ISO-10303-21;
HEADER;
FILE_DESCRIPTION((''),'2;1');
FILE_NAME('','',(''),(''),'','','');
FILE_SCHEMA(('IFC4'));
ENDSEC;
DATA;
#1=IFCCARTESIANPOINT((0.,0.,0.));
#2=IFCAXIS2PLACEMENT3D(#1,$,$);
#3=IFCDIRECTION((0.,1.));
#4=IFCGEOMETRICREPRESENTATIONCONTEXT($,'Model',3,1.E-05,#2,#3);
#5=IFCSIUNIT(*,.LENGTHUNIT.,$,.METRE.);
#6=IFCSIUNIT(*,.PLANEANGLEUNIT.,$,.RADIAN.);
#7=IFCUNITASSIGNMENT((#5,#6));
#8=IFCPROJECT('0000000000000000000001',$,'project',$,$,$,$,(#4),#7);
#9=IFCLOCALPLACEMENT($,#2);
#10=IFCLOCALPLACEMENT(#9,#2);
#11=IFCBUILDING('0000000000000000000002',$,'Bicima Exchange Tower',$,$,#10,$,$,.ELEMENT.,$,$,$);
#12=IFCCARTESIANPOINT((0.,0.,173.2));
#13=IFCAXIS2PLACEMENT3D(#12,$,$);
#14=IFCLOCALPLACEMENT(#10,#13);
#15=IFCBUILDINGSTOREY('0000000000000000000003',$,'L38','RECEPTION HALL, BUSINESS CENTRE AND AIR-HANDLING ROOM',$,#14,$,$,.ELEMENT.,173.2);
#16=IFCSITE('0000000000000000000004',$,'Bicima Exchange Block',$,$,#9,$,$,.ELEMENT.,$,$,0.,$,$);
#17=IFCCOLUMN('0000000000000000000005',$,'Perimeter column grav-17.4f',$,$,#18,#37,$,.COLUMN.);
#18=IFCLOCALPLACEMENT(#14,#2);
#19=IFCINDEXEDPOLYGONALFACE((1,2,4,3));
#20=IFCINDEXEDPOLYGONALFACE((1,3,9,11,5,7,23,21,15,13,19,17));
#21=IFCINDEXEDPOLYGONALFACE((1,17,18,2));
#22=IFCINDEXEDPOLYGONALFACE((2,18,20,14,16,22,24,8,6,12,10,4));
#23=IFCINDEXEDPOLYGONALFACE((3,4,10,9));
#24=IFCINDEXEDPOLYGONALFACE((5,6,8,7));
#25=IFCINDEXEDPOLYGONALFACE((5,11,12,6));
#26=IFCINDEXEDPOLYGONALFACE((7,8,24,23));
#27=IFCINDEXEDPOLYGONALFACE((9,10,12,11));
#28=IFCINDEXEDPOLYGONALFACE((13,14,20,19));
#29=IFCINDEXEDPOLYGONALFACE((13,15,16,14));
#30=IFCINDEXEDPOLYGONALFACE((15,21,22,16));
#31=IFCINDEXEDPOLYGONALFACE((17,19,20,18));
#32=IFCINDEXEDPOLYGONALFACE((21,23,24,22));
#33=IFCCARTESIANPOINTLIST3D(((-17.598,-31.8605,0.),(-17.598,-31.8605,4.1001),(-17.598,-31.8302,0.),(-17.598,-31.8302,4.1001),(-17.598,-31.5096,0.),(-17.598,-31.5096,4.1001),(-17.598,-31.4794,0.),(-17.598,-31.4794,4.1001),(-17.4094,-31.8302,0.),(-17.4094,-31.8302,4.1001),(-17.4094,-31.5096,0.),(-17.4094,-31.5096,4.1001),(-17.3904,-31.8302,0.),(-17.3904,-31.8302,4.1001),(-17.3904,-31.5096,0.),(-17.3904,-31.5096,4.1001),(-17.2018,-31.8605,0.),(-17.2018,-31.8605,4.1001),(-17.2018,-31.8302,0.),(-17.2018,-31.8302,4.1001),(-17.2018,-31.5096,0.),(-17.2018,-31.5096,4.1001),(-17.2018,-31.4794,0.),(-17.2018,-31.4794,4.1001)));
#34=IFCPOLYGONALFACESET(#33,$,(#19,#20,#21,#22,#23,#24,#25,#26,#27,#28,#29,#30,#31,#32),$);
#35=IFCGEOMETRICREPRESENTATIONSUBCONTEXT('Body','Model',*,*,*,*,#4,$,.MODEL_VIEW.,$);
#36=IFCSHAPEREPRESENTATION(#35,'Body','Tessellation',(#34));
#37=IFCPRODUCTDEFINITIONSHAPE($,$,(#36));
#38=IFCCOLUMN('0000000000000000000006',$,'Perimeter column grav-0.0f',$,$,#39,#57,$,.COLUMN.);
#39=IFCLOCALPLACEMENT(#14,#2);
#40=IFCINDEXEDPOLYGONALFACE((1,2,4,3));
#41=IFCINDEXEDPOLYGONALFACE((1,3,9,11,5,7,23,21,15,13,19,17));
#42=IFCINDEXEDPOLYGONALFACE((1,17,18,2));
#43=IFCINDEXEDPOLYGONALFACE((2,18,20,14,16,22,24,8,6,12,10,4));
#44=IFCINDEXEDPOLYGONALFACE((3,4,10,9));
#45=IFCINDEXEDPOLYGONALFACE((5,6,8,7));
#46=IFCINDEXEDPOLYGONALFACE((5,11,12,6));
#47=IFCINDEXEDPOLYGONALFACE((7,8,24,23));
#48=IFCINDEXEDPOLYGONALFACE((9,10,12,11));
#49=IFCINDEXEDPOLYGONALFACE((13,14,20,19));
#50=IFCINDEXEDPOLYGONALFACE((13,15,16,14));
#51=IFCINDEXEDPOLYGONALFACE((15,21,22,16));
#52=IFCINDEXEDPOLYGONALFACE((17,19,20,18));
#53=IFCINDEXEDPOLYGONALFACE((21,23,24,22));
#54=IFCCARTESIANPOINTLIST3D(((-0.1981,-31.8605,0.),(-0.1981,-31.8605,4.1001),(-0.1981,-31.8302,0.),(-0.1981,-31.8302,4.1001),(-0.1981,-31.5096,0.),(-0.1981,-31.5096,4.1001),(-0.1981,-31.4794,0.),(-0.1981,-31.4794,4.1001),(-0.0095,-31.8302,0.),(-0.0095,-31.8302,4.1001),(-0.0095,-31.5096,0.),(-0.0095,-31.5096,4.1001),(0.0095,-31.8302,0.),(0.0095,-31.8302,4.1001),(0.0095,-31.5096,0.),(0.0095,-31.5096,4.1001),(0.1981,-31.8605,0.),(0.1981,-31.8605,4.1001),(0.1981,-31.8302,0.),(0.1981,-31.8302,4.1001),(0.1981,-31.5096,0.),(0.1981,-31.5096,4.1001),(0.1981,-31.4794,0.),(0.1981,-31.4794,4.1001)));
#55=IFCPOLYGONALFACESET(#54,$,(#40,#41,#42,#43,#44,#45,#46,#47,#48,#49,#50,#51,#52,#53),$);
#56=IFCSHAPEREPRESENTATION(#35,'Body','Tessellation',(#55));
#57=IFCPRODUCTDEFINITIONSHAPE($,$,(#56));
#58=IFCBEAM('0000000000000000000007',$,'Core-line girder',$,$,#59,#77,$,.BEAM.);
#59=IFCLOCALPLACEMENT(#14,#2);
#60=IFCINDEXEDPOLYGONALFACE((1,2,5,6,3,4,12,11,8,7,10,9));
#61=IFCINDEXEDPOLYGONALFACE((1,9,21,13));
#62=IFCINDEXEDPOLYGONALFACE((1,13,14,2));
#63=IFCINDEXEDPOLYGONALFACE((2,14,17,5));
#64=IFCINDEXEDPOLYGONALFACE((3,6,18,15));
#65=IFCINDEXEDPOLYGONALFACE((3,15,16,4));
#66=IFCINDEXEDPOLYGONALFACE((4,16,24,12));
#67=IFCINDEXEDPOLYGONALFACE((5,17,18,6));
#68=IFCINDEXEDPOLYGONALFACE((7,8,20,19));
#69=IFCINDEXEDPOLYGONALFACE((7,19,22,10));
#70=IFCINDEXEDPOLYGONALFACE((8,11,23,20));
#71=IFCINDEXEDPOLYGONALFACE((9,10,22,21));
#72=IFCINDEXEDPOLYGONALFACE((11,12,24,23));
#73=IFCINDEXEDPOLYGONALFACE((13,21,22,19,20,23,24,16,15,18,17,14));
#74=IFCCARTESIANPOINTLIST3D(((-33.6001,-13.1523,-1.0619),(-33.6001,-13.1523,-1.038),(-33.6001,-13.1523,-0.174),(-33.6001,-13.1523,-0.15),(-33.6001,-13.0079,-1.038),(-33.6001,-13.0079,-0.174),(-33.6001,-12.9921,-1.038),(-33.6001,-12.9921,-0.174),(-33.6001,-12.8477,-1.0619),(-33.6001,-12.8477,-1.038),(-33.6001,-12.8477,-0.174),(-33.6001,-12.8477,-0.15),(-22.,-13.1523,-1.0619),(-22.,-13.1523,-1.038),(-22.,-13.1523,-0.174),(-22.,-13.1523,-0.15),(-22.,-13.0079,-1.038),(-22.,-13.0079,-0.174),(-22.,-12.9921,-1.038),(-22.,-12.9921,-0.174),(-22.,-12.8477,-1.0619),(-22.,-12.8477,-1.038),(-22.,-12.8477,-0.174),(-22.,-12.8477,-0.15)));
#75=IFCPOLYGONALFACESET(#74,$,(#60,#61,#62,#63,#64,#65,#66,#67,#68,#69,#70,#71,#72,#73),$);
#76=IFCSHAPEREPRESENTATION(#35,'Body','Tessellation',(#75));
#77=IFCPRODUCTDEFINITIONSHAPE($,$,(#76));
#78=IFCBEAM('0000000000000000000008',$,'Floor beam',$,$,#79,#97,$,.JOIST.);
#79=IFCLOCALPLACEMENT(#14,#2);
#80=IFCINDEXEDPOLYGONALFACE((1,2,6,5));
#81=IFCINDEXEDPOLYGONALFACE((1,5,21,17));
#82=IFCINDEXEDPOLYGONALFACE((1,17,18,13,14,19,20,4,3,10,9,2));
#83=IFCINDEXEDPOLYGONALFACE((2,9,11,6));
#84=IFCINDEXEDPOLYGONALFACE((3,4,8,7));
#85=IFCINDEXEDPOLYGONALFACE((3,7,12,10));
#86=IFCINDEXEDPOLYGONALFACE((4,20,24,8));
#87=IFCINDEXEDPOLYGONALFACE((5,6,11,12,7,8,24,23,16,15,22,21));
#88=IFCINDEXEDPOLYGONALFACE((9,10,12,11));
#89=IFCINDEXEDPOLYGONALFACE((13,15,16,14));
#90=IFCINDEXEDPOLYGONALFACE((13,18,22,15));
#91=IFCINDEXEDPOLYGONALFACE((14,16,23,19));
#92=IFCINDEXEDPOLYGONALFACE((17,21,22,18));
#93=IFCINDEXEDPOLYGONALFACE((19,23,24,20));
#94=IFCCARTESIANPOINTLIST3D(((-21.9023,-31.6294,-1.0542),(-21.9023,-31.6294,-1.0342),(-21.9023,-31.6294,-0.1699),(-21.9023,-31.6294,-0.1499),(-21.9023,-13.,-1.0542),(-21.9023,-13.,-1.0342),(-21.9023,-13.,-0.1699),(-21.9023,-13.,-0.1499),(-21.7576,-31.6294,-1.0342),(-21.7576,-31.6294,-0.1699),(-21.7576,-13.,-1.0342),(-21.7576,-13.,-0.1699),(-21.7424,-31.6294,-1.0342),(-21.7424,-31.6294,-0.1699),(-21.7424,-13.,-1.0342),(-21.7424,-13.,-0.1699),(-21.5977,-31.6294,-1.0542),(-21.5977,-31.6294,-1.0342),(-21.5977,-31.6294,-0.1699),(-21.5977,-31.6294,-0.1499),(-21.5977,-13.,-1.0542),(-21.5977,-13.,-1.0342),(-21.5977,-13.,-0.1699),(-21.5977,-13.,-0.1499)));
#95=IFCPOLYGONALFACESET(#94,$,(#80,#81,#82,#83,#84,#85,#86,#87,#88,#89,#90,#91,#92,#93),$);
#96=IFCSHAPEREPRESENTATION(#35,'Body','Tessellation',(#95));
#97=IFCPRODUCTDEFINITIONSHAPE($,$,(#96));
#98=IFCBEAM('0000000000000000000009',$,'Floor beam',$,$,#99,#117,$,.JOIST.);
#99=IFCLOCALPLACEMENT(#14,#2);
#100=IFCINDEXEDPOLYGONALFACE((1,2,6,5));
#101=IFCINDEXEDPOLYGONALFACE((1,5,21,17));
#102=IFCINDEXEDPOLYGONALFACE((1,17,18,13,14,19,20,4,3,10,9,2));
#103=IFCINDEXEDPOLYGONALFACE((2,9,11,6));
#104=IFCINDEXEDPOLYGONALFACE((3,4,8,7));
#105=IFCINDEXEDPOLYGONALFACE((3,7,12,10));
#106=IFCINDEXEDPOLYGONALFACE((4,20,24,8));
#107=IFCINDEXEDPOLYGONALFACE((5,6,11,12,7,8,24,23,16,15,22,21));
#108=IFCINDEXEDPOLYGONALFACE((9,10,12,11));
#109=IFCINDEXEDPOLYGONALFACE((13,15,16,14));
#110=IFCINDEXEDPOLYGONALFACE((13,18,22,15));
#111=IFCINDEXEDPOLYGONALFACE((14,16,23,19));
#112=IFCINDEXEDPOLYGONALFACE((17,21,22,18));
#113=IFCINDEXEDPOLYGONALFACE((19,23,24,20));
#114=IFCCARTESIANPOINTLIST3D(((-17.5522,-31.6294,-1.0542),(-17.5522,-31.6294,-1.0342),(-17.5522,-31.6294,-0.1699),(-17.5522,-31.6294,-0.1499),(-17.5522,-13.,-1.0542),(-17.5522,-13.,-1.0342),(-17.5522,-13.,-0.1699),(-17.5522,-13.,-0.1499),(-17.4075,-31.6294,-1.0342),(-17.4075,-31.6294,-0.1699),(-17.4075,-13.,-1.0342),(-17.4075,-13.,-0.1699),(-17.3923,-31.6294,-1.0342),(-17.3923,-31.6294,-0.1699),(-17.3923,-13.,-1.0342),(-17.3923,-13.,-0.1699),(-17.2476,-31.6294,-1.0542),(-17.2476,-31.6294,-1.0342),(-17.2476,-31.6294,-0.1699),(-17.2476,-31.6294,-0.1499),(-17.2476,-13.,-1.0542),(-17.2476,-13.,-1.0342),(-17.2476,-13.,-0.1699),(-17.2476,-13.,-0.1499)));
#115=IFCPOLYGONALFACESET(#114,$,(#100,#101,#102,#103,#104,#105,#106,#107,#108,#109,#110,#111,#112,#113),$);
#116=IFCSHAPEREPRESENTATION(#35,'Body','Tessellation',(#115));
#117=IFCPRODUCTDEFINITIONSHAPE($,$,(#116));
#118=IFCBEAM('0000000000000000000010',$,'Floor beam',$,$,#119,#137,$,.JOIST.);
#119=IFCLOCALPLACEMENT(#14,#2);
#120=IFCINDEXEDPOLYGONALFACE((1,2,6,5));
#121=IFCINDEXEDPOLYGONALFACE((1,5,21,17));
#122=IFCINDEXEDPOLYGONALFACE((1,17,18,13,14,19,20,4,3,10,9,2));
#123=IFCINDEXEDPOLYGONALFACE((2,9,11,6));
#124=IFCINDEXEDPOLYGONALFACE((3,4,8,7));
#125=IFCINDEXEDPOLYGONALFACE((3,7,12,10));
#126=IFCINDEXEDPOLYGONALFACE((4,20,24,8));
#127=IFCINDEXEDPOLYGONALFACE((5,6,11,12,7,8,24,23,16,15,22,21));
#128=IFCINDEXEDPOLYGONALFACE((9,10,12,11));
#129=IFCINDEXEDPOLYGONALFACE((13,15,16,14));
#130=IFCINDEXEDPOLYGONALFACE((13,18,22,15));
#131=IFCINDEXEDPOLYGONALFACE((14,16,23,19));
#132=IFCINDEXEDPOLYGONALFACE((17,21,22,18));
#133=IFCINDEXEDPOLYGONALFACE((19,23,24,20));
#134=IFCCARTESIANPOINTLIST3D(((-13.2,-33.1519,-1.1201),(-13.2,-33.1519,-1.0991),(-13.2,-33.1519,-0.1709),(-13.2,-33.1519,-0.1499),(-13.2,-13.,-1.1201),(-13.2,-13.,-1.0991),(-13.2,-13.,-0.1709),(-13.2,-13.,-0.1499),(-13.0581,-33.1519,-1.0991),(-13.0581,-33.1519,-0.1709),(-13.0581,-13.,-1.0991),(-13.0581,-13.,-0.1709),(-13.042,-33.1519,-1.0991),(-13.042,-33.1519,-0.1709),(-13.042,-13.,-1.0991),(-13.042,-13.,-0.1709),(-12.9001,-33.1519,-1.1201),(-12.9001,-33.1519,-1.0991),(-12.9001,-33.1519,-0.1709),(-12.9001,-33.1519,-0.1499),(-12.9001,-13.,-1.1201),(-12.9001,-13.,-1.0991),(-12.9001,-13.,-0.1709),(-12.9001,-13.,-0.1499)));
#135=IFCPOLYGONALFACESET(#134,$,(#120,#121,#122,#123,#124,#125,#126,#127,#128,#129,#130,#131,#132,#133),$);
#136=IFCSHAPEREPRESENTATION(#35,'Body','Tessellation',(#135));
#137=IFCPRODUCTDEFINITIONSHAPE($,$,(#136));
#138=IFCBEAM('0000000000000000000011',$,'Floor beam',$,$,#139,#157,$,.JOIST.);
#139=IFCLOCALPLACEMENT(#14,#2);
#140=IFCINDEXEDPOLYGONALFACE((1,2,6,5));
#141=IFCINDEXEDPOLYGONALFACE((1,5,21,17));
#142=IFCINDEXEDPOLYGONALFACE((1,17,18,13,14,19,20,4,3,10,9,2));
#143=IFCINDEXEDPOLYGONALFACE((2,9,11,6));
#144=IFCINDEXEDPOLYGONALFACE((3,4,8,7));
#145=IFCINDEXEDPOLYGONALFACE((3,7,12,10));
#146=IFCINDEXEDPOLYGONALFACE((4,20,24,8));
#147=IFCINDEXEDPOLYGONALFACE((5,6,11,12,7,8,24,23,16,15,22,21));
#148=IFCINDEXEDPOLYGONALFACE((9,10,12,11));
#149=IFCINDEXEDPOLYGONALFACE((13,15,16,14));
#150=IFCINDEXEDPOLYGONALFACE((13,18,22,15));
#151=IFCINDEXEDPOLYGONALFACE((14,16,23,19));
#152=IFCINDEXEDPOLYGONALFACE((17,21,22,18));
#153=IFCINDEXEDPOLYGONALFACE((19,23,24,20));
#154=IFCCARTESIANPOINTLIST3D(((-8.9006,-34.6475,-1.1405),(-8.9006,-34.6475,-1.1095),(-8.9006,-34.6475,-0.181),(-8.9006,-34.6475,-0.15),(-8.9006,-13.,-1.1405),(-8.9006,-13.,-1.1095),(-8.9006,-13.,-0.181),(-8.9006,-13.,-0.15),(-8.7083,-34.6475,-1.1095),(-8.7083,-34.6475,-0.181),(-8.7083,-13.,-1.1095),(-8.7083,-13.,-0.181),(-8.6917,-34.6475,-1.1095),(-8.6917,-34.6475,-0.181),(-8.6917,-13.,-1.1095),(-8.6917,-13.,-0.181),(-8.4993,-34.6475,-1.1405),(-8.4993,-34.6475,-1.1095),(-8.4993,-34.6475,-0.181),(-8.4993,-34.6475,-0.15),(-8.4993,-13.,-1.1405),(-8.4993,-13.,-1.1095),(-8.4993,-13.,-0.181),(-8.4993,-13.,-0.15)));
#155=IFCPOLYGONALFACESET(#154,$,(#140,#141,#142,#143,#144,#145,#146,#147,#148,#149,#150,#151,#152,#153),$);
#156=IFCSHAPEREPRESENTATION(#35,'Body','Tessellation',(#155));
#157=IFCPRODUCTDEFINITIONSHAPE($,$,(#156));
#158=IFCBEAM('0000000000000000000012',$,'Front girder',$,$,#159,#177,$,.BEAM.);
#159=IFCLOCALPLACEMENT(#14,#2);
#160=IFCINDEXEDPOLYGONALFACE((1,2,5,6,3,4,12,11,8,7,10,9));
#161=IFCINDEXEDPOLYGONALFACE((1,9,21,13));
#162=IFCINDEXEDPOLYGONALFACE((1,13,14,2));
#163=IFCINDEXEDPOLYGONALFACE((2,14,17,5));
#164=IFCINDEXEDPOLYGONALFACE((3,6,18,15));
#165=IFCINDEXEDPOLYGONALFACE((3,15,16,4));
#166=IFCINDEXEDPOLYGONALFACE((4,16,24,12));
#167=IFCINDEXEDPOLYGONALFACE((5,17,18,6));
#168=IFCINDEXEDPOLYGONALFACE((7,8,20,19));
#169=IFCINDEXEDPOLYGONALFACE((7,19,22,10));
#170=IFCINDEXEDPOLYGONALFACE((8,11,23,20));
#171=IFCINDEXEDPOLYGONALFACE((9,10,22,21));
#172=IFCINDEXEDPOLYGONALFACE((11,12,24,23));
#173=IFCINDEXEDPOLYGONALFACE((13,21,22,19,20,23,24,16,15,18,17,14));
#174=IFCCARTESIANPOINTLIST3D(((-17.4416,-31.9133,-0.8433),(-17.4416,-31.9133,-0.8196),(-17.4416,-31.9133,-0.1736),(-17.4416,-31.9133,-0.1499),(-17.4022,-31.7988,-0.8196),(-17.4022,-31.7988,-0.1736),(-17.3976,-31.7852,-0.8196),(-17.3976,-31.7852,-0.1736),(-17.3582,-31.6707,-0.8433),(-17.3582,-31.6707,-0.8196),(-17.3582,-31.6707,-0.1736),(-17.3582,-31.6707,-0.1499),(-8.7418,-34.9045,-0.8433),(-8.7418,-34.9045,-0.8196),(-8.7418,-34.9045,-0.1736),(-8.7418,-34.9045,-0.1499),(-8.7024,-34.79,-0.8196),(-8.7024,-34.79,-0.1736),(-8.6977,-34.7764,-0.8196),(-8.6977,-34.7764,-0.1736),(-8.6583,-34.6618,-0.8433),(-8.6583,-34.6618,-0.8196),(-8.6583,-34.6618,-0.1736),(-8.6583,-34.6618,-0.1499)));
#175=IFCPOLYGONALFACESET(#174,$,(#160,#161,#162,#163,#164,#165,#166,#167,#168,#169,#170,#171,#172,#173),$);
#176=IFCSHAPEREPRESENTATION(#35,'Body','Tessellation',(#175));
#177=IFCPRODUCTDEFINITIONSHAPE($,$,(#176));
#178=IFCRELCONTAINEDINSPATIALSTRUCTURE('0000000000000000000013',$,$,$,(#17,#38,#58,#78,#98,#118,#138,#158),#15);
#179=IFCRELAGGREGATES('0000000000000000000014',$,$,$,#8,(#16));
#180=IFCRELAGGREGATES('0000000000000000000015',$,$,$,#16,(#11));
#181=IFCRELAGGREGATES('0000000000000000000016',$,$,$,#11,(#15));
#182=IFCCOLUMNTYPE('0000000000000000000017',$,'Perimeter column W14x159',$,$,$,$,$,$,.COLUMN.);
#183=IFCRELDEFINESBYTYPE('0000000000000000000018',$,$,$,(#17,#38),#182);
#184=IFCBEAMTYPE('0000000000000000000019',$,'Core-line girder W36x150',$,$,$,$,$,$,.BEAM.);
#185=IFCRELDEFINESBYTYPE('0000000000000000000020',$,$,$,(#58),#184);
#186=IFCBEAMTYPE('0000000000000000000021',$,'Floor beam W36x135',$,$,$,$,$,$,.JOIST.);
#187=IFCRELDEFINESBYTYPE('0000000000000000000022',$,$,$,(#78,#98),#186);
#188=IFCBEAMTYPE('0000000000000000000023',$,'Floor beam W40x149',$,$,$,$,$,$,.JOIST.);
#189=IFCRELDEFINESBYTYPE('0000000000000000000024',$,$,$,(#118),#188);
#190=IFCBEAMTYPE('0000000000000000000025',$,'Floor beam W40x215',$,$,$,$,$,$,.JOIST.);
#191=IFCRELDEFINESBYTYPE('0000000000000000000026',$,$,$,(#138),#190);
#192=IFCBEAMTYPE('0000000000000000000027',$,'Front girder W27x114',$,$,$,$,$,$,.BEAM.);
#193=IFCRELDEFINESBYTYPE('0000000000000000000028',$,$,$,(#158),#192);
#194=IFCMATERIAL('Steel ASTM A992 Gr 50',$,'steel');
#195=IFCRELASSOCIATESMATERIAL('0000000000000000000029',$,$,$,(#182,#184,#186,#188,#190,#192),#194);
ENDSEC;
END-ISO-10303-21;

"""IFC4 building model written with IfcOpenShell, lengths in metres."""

from ifc_helpers import new_model, si_unit, direction, frame, origin, origin_2d, place, context, subcontext, project, spatial, i_section, extrude, material, material_profile, profile_set, type_object, element, save


model = new_model("IFC4")

# Units and contexts
model_context = context("Model", 3, precision=1e-05, world=origin(), true_north=direction((0.0, 1.0)))
body_context = subcontext(model_context, "Body", "Model", "MODEL_VIEW")
ifc_project = project(units=[si_unit("LENGTHUNIT", "METRE"), si_unit("PLANEANGLEUNIT", "RADIAN")], contexts=[model_context])

# Site, building, storey
site_placement = place(None, origin())
site = spatial("IfcSite", under=ifc_project, at=site_placement, Name="Bicima Exchange Block", CompositionType="ELEMENT", RefElevation=0.0)
building_placement = place(site_placement, origin())
building = spatial("IfcBuilding", under=site, at=building_placement, Name="Bicima Exchange Tower", CompositionType="ELEMENT")
storey_placement = place(building_placement, frame((0.0, 0.0, 173.2)))
storey = spatial("IfcBuildingStorey", under=building, at=storey_placement, Name="L38", Description="RECEPTION HALL, BUSINESS CENTRE AND AIR-HANDLING ROOM", CompositionType="ELEMENT", Elevation=173.2)

# Columns
ifc_material_1 = material(Name="Steel ASTM A992 Gr 50", Category="steel")
ifc_material_profile_1 = material_profile(ifc_material_1, i_section(OverallWidth=0.3962, OverallDepth=0.3811, WebThickness=0.019, FlangeThickness=0.0303, at=origin_2d()))
ifc_profile_set_1 = profile_set([ifc_material_profile_1], Name="Steel ASTM A992 Gr 50")
column_type = type_object("IfcColumnType", Name="Perimeter column W14x159", PredefinedType="COLUMN", material=ifc_profile_set_1)
for number, where, z_axis, x_axis, name in (
    (1, (-17.3999, -31.6699, 0.0), (0.0, 0.0, 1.0), (1.0, 0.0, 0.0), "Perimeter column grav-17.4f"),
    (2, (0.0, -31.6699, 0.0), (0.0, 0.0, 1.0), (1.0, 0.0, 0.0), "Perimeter column grav-0.0f"),
):
    element("IfcColumn", number, at=place(storey_placement, frame(where, z_axis=z_axis, x_axis=x_axis)), inside=storey, type_object=column_type, Name=name, PredefinedType="COLUMN", context=body_context, shape_type="SweptSolid", body=[
        extrude(i_section(OverallWidth=0.3962, OverallDepth=0.3811, WebThickness=0.019, FlangeThickness=0.0303, at=origin_2d()), origin(), (0.0, 0.0, 1.0), 4.1001),
    ])

# Beams
ifc_material_profile_2 = material_profile(ifc_material_1, i_section(OverallWidth=0.3047, OverallDepth=0.9119, WebThickness=0.0159, FlangeThickness=0.0239, at=origin_2d()))
ifc_profile_set_2 = profile_set([ifc_material_profile_2], Name="Steel ASTM A992 Gr 50")
beam_type_1 = type_object("IfcBeamType", Name="Core-line girder W36x150", PredefinedType="BEAM", material=ifc_profile_set_2)
beam_1_placement = place(storey_placement, frame((-22.0, -13.0, -0.606), z_axis=(-1.0, 0.0, 0.0), x_axis=(0.0, -1.0, 0.0)))
element("IfcBeam", 3, at=beam_1_placement, inside=storey, type_object=beam_type_1, Name="Core-line girder", PredefinedType="BEAM", context=body_context, shape_type="SweptSolid", body=[
    extrude(i_section(OverallWidth=0.3047, OverallDepth=0.9119, WebThickness=0.0159, FlangeThickness=0.0239, at=origin_2d()), origin(), (0.0, 0.0, 1.0), 11.6001),
])
ifc_material_profile_3 = material_profile(ifc_material_1, i_section(OverallWidth=0.3047, OverallDepth=0.9043, WebThickness=0.0151, FlangeThickness=0.02, at=origin_2d()))
ifc_profile_set_3 = profile_set([ifc_material_profile_3], Name="Steel ASTM A992 Gr 50")
beam_type_2 = type_object("IfcBeamType", Name="Floor beam W36x135", PredefinedType="JOIST", material=ifc_profile_set_3)
for number, where, z_axis, x_axis, name in (
    (4, (-21.75, -13.0, -0.6021), (0.0, -1.0, 0.0), (1.0, 0.0, 0.0), "Floor beam"),
    (5, (-17.3999, -13.0, -0.6021), (0.0, -1.0, 0.0), (1.0, 0.0, 0.0), "Floor beam"),
):
    element("IfcBeam", number, at=place(storey_placement, frame(where, z_axis=z_axis, x_axis=x_axis)), inside=storey, type_object=beam_type_2, Name=name, PredefinedType="JOIST", context=body_context, shape_type="SweptSolid", body=[
        extrude(i_section(OverallWidth=0.3047, OverallDepth=0.9043, WebThickness=0.0151, FlangeThickness=0.02, at=origin_2d()), origin(), (0.0, 0.0, 1.0), 18.6294),
    ])
ifc_material_profile_4 = material_profile(ifc_material_1, i_section(OverallWidth=0.2998, OverallDepth=0.9702, WebThickness=0.0161, FlangeThickness=0.021, at=origin_2d()))
ifc_profile_set_4 = profile_set([ifc_material_profile_4], Name="Steel ASTM A992 Gr 50")
beam_type_3 = type_object("IfcBeamType", Name="Floor beam W40x149", PredefinedType="JOIST", material=ifc_profile_set_4)
beam_2_placement = place(storey_placement, frame((-13.05, -13.0, -0.635), z_axis=(0.0, -1.0, 0.0), x_axis=(1.0, 0.0, 0.0)))
element("IfcBeam", 6, at=beam_2_placement, inside=storey, type_object=beam_type_3, Name="Floor beam", PredefinedType="JOIST", context=body_context, shape_type="SweptSolid", body=[
    extrude(i_section(OverallWidth=0.2998, OverallDepth=0.9702, WebThickness=0.0161, FlangeThickness=0.021, at=origin_2d()), origin(), (0.0, 0.0, 1.0), 20.1519),
])
ifc_material_profile_5 = material_profile(ifc_material_1, i_section(OverallWidth=0.4014, OverallDepth=0.9905, WebThickness=0.0166, FlangeThickness=0.031, at=origin_2d()))
ifc_profile_set_5 = profile_set([ifc_material_profile_5], Name="Steel ASTM A992 Gr 50")
beam_type_4 = type_object("IfcBeamType", Name="Floor beam W40x215", PredefinedType="JOIST", material=ifc_profile_set_5)
beam_3_placement = place(storey_placement, frame((-8.7, -13.0, -0.6453), z_axis=(0.0, -1.0, 0.0), x_axis=(1.0, 0.0, 0.0)))
element("IfcBeam", 7, at=beam_3_placement, inside=storey, type_object=beam_type_4, Name="Floor beam", PredefinedType="JOIST", context=body_context, shape_type="SweptSolid", body=[
    extrude(i_section(OverallWidth=0.4014, OverallDepth=0.9905, WebThickness=0.0166, FlangeThickness=0.031, at=origin_2d()), origin(), (0.0, 0.0, 1.0), 21.6475),
])
ifc_material_profile_6 = material_profile(ifc_material_1, i_section(OverallWidth=0.2566, OverallDepth=0.6934, WebThickness=0.0144, FlangeThickness=0.0237, at=origin_2d()))
ifc_profile_set_6 = profile_set([ifc_material_profile_6], Name="Steel ASTM A992 Gr 50")
beam_type_5 = type_object("IfcBeamType", Name="Front girder W27x114", PredefinedType="BEAM", material=ifc_profile_set_6)
for number, where, z_axis, x_axis, name in (
    (8, (-17.3999, -31.792, -0.4966), (0.945666, -0.325138, 0.0), (0.325138, 0.945666, 0.0), "Front girder"),
):
    element("IfcBeam", number, at=place(storey_placement, frame(where, z_axis=z_axis, x_axis=x_axis)), inside=storey, type_object=beam_type_5, Name=name, PredefinedType="BEAM", context=body_context, shape_type="SweptSolid", body=[
        extrude(i_section(OverallWidth=0.2566, OverallDepth=0.6934, WebThickness=0.0144, FlangeThickness=0.0237, at=origin_2d()), origin(), (0.0, 0.0, 1.0), 9.1997),
    ])

save(model, "model.ifc")
